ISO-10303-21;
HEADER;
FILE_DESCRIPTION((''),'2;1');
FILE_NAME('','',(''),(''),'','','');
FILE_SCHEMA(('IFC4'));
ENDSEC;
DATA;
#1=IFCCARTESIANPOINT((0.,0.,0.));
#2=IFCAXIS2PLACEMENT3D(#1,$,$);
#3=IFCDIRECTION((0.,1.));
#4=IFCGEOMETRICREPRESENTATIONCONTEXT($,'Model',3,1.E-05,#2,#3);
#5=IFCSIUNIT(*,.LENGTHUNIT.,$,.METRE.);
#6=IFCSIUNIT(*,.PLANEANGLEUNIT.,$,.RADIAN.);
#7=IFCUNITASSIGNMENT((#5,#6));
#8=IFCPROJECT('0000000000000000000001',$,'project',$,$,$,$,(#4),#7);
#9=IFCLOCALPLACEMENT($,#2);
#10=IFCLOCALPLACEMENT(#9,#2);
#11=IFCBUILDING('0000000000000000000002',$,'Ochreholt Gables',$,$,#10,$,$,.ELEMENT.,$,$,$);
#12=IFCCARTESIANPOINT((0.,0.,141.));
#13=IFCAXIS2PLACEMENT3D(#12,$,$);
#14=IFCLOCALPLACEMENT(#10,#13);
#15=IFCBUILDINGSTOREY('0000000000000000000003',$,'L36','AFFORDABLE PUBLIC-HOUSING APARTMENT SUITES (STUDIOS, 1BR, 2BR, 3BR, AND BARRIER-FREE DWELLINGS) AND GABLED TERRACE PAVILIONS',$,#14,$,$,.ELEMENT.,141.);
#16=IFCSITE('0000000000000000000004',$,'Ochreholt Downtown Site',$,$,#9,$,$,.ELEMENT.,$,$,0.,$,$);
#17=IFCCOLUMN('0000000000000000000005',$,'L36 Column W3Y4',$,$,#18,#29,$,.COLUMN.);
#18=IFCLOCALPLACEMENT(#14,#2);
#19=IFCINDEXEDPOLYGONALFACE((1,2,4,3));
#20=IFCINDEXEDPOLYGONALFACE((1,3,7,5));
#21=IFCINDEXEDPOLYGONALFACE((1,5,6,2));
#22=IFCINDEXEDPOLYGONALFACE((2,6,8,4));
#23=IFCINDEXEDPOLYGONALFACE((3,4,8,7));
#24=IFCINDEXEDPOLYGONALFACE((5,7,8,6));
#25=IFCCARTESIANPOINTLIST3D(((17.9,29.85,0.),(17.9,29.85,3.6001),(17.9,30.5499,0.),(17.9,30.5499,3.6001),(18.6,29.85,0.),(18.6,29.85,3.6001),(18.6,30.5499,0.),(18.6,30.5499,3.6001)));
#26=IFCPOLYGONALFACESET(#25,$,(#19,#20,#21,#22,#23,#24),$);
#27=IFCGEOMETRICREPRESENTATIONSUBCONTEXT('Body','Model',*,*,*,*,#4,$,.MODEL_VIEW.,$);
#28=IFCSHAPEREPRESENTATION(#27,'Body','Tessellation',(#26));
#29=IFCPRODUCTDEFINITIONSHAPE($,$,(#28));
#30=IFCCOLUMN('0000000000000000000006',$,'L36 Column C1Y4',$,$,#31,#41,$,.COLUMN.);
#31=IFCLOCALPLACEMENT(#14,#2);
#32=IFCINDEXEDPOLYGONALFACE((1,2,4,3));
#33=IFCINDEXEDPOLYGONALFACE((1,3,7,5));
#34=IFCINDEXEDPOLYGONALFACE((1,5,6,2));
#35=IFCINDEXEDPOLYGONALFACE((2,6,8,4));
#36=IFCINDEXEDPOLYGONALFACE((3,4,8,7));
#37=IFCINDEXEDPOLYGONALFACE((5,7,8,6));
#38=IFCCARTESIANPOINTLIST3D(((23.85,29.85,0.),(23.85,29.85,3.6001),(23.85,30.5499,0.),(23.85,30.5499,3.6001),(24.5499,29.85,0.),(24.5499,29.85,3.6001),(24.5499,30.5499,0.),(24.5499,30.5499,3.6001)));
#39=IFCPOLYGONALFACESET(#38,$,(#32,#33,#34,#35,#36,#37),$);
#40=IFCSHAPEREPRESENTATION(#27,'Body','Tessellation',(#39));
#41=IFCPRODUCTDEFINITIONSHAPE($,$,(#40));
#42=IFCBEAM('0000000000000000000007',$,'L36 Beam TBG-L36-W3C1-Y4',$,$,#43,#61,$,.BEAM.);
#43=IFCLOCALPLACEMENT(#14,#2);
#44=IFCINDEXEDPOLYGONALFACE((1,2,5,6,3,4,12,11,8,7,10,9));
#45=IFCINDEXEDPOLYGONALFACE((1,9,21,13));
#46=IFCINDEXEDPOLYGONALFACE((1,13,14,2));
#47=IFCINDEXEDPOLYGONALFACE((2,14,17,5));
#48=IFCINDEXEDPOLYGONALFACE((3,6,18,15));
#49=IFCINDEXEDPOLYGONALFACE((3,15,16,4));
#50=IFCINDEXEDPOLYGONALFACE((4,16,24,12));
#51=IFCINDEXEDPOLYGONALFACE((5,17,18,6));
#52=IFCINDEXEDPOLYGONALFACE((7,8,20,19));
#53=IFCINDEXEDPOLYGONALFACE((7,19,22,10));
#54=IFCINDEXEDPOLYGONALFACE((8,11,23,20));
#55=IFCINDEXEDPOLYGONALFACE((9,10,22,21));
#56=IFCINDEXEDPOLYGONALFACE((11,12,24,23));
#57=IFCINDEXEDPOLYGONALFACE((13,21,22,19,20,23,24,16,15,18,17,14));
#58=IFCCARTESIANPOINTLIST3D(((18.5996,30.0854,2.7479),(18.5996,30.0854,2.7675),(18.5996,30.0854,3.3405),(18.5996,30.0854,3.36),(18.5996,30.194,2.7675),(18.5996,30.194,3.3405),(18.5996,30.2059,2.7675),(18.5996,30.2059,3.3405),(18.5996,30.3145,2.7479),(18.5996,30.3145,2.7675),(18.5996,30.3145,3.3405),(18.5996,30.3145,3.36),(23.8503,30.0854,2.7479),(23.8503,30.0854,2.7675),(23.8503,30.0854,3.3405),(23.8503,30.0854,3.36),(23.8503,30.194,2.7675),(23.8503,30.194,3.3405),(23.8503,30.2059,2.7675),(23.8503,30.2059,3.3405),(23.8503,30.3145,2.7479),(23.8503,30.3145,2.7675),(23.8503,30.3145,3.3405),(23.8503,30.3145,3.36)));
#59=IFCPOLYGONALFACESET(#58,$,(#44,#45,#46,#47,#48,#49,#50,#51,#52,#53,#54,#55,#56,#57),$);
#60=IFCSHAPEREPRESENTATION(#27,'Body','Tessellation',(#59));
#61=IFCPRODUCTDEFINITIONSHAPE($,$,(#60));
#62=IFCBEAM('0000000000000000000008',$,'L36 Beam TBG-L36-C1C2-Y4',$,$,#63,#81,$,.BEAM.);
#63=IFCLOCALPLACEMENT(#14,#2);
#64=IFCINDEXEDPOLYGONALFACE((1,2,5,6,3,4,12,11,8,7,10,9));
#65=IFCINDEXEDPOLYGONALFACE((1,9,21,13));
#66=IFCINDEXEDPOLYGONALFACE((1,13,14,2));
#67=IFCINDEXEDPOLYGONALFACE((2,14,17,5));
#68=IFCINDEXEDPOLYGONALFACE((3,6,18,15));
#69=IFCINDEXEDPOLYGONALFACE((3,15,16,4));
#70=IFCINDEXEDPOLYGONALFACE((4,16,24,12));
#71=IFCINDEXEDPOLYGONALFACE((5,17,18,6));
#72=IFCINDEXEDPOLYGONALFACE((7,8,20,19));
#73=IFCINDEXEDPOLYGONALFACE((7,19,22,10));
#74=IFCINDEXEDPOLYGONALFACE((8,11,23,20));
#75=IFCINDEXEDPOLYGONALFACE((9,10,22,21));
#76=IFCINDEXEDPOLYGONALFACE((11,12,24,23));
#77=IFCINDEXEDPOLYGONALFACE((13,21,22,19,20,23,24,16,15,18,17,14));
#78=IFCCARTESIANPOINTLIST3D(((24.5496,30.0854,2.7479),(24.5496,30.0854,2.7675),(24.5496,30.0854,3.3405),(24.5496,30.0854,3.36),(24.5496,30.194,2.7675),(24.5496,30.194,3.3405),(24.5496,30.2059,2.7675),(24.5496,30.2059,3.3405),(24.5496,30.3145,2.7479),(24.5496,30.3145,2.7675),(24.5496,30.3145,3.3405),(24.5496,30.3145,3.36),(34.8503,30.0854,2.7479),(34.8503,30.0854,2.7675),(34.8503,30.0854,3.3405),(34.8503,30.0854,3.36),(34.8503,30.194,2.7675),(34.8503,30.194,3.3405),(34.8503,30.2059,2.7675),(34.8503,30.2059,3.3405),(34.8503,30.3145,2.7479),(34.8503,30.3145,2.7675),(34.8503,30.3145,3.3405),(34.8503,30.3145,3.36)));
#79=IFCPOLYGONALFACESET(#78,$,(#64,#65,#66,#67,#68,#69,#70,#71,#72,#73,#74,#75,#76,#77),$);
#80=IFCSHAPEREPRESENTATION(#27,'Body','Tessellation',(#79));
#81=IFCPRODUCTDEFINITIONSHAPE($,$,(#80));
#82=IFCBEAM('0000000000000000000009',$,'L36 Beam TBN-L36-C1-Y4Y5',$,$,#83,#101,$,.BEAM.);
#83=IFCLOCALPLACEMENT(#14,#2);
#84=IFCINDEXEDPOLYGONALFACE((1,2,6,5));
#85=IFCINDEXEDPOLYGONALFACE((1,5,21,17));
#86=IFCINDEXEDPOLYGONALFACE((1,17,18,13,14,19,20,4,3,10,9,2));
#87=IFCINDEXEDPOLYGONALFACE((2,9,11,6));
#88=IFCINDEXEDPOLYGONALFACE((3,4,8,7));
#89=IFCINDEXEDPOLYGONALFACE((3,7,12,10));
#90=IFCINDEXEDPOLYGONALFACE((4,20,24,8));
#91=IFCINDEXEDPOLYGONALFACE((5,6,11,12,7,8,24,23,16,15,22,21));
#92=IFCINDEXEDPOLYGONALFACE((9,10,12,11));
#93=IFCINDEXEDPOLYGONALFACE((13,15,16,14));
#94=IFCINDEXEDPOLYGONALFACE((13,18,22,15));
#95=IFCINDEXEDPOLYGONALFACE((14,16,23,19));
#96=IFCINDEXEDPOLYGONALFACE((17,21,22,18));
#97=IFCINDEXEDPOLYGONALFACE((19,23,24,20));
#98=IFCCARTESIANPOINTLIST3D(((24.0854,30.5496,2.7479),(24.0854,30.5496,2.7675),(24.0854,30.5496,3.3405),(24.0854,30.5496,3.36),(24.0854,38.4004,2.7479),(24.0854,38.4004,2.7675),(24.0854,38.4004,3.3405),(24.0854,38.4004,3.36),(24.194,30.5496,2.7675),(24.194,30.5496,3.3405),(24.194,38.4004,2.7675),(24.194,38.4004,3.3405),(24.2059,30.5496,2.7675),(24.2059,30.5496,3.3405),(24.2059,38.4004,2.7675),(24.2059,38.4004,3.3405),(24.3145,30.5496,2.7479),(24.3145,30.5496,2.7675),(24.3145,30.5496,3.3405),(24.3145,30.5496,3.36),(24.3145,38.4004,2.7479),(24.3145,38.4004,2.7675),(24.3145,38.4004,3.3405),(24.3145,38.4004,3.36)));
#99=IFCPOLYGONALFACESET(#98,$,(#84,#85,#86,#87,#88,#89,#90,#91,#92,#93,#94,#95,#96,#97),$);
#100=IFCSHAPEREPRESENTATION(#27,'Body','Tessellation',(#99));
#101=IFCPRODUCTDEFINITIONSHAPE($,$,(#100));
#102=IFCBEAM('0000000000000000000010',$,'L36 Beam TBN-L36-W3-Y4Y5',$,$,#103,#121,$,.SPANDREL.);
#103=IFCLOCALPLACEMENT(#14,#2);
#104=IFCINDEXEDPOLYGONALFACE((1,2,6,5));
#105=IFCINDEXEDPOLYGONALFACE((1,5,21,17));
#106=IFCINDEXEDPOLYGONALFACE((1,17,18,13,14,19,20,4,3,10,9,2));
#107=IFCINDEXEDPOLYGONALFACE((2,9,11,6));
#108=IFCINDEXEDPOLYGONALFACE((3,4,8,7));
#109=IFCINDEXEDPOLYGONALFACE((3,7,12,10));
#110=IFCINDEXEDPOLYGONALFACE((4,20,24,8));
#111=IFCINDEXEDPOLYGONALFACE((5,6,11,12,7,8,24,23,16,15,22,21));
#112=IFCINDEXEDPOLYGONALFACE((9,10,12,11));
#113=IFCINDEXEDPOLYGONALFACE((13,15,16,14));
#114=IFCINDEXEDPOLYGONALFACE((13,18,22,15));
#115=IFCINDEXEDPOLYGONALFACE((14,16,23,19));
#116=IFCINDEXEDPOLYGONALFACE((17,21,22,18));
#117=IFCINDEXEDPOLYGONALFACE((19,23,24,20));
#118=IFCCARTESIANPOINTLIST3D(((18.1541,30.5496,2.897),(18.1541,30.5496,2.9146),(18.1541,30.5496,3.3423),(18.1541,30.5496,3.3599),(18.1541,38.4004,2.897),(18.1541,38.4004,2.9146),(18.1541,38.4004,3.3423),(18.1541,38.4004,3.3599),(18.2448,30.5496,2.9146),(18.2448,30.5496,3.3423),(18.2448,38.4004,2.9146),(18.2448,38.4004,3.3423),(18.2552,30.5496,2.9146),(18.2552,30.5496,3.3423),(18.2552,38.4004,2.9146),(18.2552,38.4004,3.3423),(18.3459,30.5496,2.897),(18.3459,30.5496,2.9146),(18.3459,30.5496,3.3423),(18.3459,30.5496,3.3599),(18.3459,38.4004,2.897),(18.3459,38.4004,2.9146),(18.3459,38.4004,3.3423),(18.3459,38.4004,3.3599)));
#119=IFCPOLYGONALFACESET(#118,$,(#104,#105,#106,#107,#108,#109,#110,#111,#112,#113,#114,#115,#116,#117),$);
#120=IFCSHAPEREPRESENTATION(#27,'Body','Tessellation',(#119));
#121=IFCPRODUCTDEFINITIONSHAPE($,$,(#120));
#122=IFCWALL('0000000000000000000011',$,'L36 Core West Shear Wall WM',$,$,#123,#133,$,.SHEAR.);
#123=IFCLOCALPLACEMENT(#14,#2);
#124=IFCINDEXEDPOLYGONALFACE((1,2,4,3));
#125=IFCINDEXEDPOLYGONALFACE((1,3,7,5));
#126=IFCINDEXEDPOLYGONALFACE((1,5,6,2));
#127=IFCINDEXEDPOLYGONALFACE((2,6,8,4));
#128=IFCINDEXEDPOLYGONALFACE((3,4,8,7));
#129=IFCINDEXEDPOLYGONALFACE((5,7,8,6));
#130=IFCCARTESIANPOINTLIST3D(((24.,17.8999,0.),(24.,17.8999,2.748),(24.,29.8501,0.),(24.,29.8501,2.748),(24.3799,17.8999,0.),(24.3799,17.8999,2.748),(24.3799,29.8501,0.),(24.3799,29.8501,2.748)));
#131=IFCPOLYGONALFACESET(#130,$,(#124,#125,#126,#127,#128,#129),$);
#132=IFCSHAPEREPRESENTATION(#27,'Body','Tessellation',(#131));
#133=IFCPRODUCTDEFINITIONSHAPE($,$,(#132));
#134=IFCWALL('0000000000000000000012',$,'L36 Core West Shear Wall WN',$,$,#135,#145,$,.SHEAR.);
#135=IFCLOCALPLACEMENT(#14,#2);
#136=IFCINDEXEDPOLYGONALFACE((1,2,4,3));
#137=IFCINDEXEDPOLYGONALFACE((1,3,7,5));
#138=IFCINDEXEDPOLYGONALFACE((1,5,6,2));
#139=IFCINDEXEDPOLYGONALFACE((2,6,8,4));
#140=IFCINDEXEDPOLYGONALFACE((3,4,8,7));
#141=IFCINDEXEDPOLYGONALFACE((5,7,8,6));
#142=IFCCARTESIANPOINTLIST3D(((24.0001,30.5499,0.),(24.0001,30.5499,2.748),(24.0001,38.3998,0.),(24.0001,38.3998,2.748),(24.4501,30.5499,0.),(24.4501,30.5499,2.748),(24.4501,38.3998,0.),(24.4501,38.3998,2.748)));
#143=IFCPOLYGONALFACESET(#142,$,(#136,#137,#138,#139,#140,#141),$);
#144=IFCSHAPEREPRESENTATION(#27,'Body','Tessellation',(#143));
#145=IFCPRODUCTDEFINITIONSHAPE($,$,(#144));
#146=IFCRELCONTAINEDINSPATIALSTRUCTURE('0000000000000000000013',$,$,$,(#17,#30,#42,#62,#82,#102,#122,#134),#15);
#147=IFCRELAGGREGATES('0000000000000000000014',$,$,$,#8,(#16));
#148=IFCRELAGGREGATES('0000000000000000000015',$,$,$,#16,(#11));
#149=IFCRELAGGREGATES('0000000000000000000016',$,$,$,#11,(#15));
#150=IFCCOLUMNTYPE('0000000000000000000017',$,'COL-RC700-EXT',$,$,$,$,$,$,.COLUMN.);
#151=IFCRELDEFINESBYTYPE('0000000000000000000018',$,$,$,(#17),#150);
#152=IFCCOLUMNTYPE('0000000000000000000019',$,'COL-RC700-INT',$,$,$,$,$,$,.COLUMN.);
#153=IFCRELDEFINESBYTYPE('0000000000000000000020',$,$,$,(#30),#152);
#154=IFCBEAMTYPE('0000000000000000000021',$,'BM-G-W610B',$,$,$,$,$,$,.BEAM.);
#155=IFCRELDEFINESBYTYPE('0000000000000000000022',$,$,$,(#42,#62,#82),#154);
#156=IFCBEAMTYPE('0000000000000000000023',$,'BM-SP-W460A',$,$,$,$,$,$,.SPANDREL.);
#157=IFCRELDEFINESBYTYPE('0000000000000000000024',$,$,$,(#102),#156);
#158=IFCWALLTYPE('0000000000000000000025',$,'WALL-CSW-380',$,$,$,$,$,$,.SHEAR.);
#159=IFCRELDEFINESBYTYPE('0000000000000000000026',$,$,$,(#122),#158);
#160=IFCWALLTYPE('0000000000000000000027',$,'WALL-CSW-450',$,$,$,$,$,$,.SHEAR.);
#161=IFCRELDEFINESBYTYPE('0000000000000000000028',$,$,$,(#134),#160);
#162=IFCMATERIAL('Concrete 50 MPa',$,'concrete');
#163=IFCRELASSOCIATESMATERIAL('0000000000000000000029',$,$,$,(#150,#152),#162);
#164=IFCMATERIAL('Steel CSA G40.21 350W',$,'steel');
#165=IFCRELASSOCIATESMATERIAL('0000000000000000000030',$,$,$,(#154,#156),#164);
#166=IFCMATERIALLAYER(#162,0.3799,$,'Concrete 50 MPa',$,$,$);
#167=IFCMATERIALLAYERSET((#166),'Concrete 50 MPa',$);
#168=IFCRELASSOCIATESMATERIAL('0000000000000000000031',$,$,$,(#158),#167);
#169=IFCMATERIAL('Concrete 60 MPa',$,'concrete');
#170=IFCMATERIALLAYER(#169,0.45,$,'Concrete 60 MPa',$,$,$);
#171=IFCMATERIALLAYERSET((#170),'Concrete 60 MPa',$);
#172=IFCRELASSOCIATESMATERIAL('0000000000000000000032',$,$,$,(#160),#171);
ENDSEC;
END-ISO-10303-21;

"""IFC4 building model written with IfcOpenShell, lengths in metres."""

from ifc_helpers import new_model, si_unit, direction, frame, frame_2d, origin, origin_2d, place, context, subcontext, project, spatial, rectangle, i_section, extrude, material, layer, layer_set, material_profile, profile_set, type_object, element, save


model = new_model("IFC4")

# Units and contexts
model_context = context("Model", 3, precision=1e-05, world=origin(), true_north=direction((0.0, 1.0)))
body_context = subcontext(model_context, "Body", "Model", "MODEL_VIEW")
ifc_project = project(units=[si_unit("LENGTHUNIT", "METRE"), si_unit("PLANEANGLEUNIT", "RADIAN")], contexts=[model_context])

# Site, building, storey
site_placement = place(None, origin())
site = spatial("IfcSite", under=ifc_project, at=site_placement, Name="Ochreholt Downtown Site", CompositionType="ELEMENT", RefElevation=0.0)
building_placement = place(site_placement, origin())
building = spatial("IfcBuilding", under=site, at=building_placement, Name="Ochreholt Gables", CompositionType="ELEMENT")
storey_placement = place(building_placement, frame((0.0, 0.0, 141.0)))
storey = spatial("IfcBuildingStorey", under=building, at=storey_placement, Name="L36", Description="AFFORDABLE PUBLIC-HOUSING APARTMENT SUITES (STUDIOS, 1BR, 2BR, 3BR, AND BARRIER-FREE DWELLINGS) AND GABLED TERRACE PAVILIONS", CompositionType="ELEMENT", Elevation=141.0)

# Columns
ifc_material_1 = material(Name="Concrete 50 MPa", Category="concrete")
ifc_material_profile_1 = material_profile(ifc_material_1, rectangle(XDim=0.7, YDim=0.7, at=origin_2d()), Name="RC700X700")
ifc_profile_set_1 = profile_set([ifc_material_profile_1], Name="Concrete 50 MPa")
column_type_1 = type_object("IfcColumnType", Name="COL-RC700-EXT", PredefinedType="COLUMN", material=ifc_profile_set_1)
column_1_placement = place(storey_placement, frame((18.25, 30.2, 0.0), z_axis=(0.0, 0.0, 1.0), x_axis=(1.0, 0.0, 0.0)))
element("IfcColumn", 1, at=column_1_placement, inside=storey, type_object=column_type_1, Name="L36 Column W3Y4", PredefinedType="COLUMN", context=body_context, shape_type="SweptSolid", body=[
    extrude(rectangle(XDim=0.7, YDim=0.7, at=origin_2d()), origin(), (0.0, 0.0, 1.0), 3.6001),
])
ifc_material_profile_2 = material_profile(ifc_material_1, rectangle(XDim=0.7, YDim=0.7, at=origin_2d()), Name="RC700X700")
ifc_profile_set_2 = profile_set([ifc_material_profile_2], Name="Concrete 50 MPa")
column_type_2 = type_object("IfcColumnType", Name="COL-RC700-INT", PredefinedType="COLUMN", material=ifc_profile_set_2)
column_2_placement = place(storey_placement, frame((24.2, 30.2, 0.0), z_axis=(0.0, 0.0, 1.0), x_axis=(1.0, 0.0, 0.0)))
element("IfcColumn", 2, at=column_2_placement, inside=storey, type_object=column_type_2, Name="L36 Column C1Y4", PredefinedType="COLUMN", context=body_context, shape_type="SweptSolid", body=[
    extrude(rectangle(XDim=0.7, YDim=0.7, at=origin_2d()), origin(), (0.0, 0.0, 1.0), 3.6001),
])

# Beams
ifc_material_2 = material(Name="Steel CSA G40.21 350W", Category="steel")
ifc_material_profile_3 = material_profile(ifc_material_2, i_section(OverallWidth=0.229, OverallDepth=0.6121, WebThickness=0.012, FlangeThickness=0.0195, at=origin_2d()), Name="W610X125")
ifc_profile_set_3 = profile_set([ifc_material_profile_3], Name="Steel CSA G40.21 350W")
beam_type_1 = type_object("IfcBeamType", Name="BM-G-W610B", PredefinedType="BEAM", material=ifc_profile_set_3)
beam_1_placement = place(storey_placement, frame((18.5996, 30.2, 3.054), z_axis=(1.0, 0.0, 0.0), x_axis=(0.0, 1.0, 0.0)))
element("IfcBeam", 3, at=beam_1_placement, inside=storey, type_object=beam_type_1, Name="L36 Beam TBG-L36-W3C1-Y4", PredefinedType="BEAM", context=body_context, shape_type="SweptSolid", body=[
    extrude(i_section(OverallWidth=0.229, OverallDepth=0.6121, WebThickness=0.012, FlangeThickness=0.0195, at=origin_2d()), origin(), (0.0, 0.0, 1.0), 5.2507),
])
beam_2_placement = place(storey_placement, frame((24.5496, 30.2, 3.054), z_axis=(1.0, 0.0, 0.0), x_axis=(0.0, 1.0, 0.0)))
element("IfcBeam", 4, at=beam_2_placement, inside=storey, type_object=beam_type_1, Name="L36 Beam TBG-L36-C1C2-Y4", PredefinedType="BEAM", context=body_context, shape_type="SweptSolid", body=[
    extrude(i_section(OverallWidth=0.229, OverallDepth=0.6121, WebThickness=0.012, FlangeThickness=0.0195, at=origin_2d()), origin(), (0.0, 0.0, 1.0), 10.3008),
])
beam_3_placement = place(storey_placement, frame((24.2, 30.5496, 3.054), z_axis=(0.0, 1.0, 0.0), x_axis=(-1.0, 0.0, 0.0)))
element("IfcBeam", 5, at=beam_3_placement, inside=storey, type_object=beam_type_1, Name="L36 Beam TBN-L36-C1-Y4Y5", PredefinedType="BEAM", context=body_context, shape_type="SweptSolid", body=[
    extrude(i_section(OverallWidth=0.229, OverallDepth=0.6121, WebThickness=0.012, FlangeThickness=0.0195, at=origin_2d()), origin(), (0.0, 0.0, 1.0), 7.8508),
])
ifc_material_profile_4 = material_profile(ifc_material_2, i_section(OverallWidth=0.1919, OverallDepth=0.4629, WebThickness=0.0105, FlangeThickness=0.0176, at=origin_2d()), Name="W460X89")
ifc_profile_set_4 = profile_set([ifc_material_profile_4], Name="Steel CSA G40.21 350W")
beam_type_2 = type_object("IfcBeamType", Name="BM-SP-W460A", PredefinedType="SPANDREL", material=ifc_profile_set_4)
beam_4_placement = place(storey_placement, frame((18.25, 30.5496, 3.1284), z_axis=(0.0, 1.0, 0.0), x_axis=(-1.0, 0.0, 0.0)))
element("IfcBeam", 6, at=beam_4_placement, inside=storey, type_object=beam_type_2, Name="L36 Beam TBN-L36-W3-Y4Y5", PredefinedType="SPANDREL", context=body_context, shape_type="SweptSolid", body=[
    extrude(i_section(OverallWidth=0.1919, OverallDepth=0.4629, WebThickness=0.0105, FlangeThickness=0.0176, at=origin_2d()), origin(), (0.0, 0.0, 1.0), 7.8508),
])

# Walls
ifc_layer_1 = layer(ifc_material_1, 0.3799, Name="Concrete 50 MPa")
ifc_layer_set_1 = layer_set([ifc_layer_1], Name="Concrete 50 MPa")
wall_type_1 = type_object("IfcWallType", Name="WALL-CSW-380", PredefinedType="SHEAR", material=ifc_layer_set_1)
wall_1_placement = place(storey_placement, frame((24.1899, 17.8999, 0.0), z_axis=(0.0, 0.0, 1.0), x_axis=(0.0, 1.0, 0.0)))
element("IfcWall", 7, at=wall_1_placement, inside=storey, type_object=wall_type_1, Name="L36 Core West Shear Wall WM", PredefinedType="SHEAR", context=body_context, shape_type="SweptSolid", body=[
    extrude(rectangle(XDim=11.9502, YDim=0.3799, at=frame_2d((5.9751, 0.0))), origin(), (0.0, 0.0, 1.0), 2.748),
])
ifc_material_3 = material(Name="Concrete 60 MPa", Category="concrete")
ifc_layer_2 = layer(ifc_material_3, 0.45, Name="Concrete 60 MPa")
ifc_layer_set_2 = layer_set([ifc_layer_2], Name="Concrete 60 MPa")
wall_type_2 = type_object("IfcWallType", Name="WALL-CSW-450", PredefinedType="SHEAR", material=ifc_layer_set_2)
wall_2_placement = place(storey_placement, frame((24.2251, 30.55, 0.0), z_axis=(0.0, 0.0, 1.0), x_axis=(0.0, 1.0, 0.0)))
element("IfcWall", 8, at=wall_2_placement, inside=storey, type_object=wall_type_2, Name="L36 Core West Shear Wall WN", PredefinedType="SHEAR", context=body_context, shape_type="SweptSolid", body=[
    extrude(rectangle(XDim=7.8499, YDim=0.45, at=frame_2d((3.9248, 0.0))), origin(), (0.0, 0.0, 1.0), 2.748),
])

save(model, "model.ifc")
